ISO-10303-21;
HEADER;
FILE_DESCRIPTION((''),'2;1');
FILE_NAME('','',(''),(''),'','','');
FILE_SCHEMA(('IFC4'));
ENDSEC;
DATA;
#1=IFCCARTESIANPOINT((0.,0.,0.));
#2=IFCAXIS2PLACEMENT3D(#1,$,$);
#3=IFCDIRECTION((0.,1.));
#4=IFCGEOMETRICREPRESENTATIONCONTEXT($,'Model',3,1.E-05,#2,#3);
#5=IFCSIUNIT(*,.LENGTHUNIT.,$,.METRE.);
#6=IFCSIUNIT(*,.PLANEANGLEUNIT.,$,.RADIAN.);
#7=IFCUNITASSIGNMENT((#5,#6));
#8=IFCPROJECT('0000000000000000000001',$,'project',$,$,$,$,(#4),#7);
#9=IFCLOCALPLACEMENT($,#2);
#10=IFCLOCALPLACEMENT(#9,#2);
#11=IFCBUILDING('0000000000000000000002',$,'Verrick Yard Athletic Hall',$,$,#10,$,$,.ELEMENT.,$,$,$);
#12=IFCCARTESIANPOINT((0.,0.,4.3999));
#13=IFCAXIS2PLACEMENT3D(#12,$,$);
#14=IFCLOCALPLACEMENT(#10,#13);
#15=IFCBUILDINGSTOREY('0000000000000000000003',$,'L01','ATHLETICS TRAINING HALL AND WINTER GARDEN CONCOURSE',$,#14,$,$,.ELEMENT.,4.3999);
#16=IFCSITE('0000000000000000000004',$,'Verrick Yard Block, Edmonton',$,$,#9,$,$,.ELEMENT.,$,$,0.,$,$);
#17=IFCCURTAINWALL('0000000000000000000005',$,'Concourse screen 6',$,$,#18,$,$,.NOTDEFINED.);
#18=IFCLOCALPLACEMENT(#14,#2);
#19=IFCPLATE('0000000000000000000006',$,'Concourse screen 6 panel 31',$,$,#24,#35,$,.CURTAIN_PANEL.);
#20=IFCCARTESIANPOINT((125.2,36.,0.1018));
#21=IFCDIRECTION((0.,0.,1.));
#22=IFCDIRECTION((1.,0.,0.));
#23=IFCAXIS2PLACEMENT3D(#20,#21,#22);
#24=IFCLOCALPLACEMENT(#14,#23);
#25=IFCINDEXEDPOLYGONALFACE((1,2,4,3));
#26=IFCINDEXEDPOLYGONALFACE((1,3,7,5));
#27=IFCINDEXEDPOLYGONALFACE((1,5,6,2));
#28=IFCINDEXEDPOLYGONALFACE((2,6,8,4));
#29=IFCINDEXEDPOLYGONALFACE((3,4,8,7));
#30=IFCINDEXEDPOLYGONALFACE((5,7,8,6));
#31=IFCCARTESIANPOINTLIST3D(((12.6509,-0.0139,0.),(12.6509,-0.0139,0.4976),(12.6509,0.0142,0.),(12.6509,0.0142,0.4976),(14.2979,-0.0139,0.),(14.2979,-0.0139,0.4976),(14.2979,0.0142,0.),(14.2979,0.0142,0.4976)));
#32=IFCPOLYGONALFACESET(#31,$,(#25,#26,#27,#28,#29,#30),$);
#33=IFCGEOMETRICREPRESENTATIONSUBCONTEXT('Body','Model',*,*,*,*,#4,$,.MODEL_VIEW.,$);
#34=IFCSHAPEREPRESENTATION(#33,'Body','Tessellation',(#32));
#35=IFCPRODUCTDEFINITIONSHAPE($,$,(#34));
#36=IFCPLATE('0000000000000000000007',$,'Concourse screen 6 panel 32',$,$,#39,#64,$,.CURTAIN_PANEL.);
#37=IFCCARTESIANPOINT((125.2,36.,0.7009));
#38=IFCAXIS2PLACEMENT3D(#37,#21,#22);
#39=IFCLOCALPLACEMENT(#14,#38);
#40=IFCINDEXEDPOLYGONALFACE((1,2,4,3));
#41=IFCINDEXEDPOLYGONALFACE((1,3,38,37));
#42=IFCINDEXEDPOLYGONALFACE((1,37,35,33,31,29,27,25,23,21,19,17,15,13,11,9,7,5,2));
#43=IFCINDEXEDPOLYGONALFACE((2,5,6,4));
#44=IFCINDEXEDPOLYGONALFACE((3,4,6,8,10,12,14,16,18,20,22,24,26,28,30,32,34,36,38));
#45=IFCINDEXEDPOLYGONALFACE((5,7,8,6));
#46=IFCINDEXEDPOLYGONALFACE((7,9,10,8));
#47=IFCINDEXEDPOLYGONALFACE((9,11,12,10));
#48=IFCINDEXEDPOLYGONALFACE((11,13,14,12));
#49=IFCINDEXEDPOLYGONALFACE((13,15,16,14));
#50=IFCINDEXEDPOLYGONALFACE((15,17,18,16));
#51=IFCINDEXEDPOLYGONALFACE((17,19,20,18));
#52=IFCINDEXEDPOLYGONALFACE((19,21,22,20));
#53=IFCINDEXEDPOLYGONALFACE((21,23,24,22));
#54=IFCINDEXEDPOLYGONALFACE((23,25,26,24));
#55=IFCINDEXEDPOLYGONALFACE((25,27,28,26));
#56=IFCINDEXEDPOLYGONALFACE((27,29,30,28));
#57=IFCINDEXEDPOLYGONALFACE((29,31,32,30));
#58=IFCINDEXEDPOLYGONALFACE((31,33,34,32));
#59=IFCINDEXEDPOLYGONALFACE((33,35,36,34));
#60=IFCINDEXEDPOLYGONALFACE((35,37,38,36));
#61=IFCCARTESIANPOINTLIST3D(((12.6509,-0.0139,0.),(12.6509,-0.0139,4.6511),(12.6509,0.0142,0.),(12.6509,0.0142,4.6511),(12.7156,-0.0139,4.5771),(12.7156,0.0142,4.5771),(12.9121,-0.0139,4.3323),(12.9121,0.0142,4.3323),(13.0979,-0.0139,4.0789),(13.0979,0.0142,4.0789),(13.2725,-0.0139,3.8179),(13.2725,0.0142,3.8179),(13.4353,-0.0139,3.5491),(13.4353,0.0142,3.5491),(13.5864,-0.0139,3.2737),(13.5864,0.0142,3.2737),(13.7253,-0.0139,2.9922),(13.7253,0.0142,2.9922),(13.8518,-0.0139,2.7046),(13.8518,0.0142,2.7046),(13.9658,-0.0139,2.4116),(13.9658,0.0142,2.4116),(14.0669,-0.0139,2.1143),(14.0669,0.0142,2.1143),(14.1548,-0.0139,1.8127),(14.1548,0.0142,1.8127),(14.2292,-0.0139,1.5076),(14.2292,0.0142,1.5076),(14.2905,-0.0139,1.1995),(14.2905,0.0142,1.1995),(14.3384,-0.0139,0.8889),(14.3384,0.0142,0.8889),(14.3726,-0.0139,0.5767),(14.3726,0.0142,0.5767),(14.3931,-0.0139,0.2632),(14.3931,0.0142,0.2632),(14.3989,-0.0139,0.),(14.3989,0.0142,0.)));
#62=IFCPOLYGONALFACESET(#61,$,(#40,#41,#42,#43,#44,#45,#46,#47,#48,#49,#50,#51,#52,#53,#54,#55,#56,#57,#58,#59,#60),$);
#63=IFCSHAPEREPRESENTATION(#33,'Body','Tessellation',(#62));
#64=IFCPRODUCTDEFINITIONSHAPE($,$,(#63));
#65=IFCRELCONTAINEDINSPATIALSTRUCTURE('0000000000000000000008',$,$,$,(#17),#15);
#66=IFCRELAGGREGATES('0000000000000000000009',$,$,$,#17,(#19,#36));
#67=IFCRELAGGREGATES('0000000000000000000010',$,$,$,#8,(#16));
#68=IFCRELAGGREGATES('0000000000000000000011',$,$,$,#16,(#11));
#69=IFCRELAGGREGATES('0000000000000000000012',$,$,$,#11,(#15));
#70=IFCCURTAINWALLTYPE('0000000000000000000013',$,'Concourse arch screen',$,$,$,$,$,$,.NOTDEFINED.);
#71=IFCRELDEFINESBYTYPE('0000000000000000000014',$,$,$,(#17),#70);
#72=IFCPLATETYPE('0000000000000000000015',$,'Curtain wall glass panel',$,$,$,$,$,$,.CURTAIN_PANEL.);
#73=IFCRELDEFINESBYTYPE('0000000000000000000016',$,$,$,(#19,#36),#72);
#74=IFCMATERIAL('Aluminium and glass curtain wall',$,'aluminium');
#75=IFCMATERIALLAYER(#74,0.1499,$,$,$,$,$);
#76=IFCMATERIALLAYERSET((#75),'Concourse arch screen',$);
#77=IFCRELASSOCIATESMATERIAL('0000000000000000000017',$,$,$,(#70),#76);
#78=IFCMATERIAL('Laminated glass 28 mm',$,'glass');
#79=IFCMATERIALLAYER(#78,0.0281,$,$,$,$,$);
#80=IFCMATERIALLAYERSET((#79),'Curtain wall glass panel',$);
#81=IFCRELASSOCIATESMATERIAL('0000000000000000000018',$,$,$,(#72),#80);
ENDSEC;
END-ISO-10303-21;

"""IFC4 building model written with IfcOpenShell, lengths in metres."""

from ifc_helpers import new_model, si_unit, direction, frame, origin, place, context, subcontext, project, spatial, polyline, outline, extrude, material, layer, layer_set, type_object, element, aggregate, save


model = new_model("IFC4")

# Units and contexts
model_context = context("Model", 3, precision=1e-05, world=origin(), true_north=direction((0.0, 1.0)))
body_context = subcontext(model_context, "Body", "Model", "MODEL_VIEW")
ifc_project = project(units=[si_unit("LENGTHUNIT", "METRE"), si_unit("PLANEANGLEUNIT", "RADIAN")], contexts=[model_context])

# Site, building, storey
site_placement = place(None, origin())
site = spatial("IfcSite", under=ifc_project, at=site_placement, Name="Verrick Yard Block, Edmonton", CompositionType="ELEMENT", RefElevation=0.0)
building_placement = place(site_placement, origin())
building = spatial("IfcBuilding", under=site, at=building_placement, Name="Verrick Yard Athletic Hall", CompositionType="ELEMENT")
storey_placement = place(building_placement, frame((0.0, 0.0, 4.3999)))
storey = spatial("IfcBuildingStorey", under=building, at=storey_placement, Name="L01", Description="ATHLETICS TRAINING HALL AND WINTER GARDEN CONCOURSE", CompositionType="ELEMENT", Elevation=4.3999)

# Curtain wall, plates
ifc_material_1 = material(Name="Aluminium and glass curtain wall", Category="aluminium")
ifc_layer_1 = layer(ifc_material_1, 0.1499)
ifc_layer_set_1 = layer_set([ifc_layer_1], Name="Concourse arch screen")
curtain_wall_type = type_object("IfcCurtainWallType", Name="Concourse arch screen", PredefinedType="NOTDEFINED", material=ifc_layer_set_1)
curtain_wall_placement = place(storey_placement, origin())
curtain_wall = element("IfcCurtainWall", 1, at=curtain_wall_placement, inside=storey, type_object=curtain_wall_type, Name="Concourse screen 6", PredefinedType="NOTDEFINED")
ifc_material_2 = material(Name="Laminated glass 28 mm", Category="glass")
ifc_layer_2 = layer(ifc_material_2, 0.0281)
ifc_layer_set_2 = layer_set([ifc_layer_2], Name="Curtain wall glass panel")
plate_type = type_object("IfcPlateType", Name="Curtain wall glass panel", PredefinedType="CURTAIN_PANEL", material=ifc_layer_set_2)
plate_1_placement = place(storey_placement, frame((125.2, 36.0, 0.1018), z_axis=(0.0, 0.0, 1.0), x_axis=(1.0, 0.0, 0.0)))
plate_1 = element("IfcPlate", 2, at=plate_1_placement, type_object=plate_type, Name="Concourse screen 6 panel 31", PredefinedType="CURTAIN_PANEL", context=body_context, shape_type="SweptSolid", body=[
    extrude(outline(polyline([(14.2979, 0.0), (14.2979, 0.4976), (12.6509, 0.4976), (12.6509, 0.0), (14.2979, 0.0)])), frame((0.0, 0.0142, 0.0), z_axis=(0.0, -1.0, 0.0), x_axis=(1.0, 0.0, 0.0)), (0.0, 0.0, 1.0), 0.0281),
])
plate_2_placement = place(storey_placement, frame((125.2, 36.0, 0.7009), z_axis=(0.0, 0.0, 1.0), x_axis=(1.0, 0.0, 0.0)))
plate_2 = element("IfcPlate", 3, at=plate_2_placement, type_object=plate_type, Name="Concourse screen 6 panel 32", PredefinedType="CURTAIN_PANEL", context=body_context, shape_type="SweptSolid", body=[
    extrude(outline(polyline([(14.3989, 0.0), (14.3931, 0.2632), (14.3726, 0.5767), (14.3384, 0.8889), (14.2905, 1.1995), (14.2292, 1.5076), (14.1548, 1.8127), (14.0669, 2.1143), (13.9658, 2.4116), (13.8518, 2.7046), (13.7253, 2.9922), (13.5864, 3.2737), (13.4353, 3.5491), (13.2725, 3.8179), (13.0979, 4.0789), (12.9121, 4.3323), (12.7156, 4.5771), (12.6509, 4.6511), (12.6509, 0.0), (14.3989, 0.0)])), frame((0.0, 0.0142, 0.0), z_axis=(0.0, -1.0, 0.0), x_axis=(1.0, 0.0, 0.0)), (0.0, 0.0, 1.0), 0.0281),
])
aggregate(curtain_wall, [plate_1, plate_2])

save(model, "model.ifc")
